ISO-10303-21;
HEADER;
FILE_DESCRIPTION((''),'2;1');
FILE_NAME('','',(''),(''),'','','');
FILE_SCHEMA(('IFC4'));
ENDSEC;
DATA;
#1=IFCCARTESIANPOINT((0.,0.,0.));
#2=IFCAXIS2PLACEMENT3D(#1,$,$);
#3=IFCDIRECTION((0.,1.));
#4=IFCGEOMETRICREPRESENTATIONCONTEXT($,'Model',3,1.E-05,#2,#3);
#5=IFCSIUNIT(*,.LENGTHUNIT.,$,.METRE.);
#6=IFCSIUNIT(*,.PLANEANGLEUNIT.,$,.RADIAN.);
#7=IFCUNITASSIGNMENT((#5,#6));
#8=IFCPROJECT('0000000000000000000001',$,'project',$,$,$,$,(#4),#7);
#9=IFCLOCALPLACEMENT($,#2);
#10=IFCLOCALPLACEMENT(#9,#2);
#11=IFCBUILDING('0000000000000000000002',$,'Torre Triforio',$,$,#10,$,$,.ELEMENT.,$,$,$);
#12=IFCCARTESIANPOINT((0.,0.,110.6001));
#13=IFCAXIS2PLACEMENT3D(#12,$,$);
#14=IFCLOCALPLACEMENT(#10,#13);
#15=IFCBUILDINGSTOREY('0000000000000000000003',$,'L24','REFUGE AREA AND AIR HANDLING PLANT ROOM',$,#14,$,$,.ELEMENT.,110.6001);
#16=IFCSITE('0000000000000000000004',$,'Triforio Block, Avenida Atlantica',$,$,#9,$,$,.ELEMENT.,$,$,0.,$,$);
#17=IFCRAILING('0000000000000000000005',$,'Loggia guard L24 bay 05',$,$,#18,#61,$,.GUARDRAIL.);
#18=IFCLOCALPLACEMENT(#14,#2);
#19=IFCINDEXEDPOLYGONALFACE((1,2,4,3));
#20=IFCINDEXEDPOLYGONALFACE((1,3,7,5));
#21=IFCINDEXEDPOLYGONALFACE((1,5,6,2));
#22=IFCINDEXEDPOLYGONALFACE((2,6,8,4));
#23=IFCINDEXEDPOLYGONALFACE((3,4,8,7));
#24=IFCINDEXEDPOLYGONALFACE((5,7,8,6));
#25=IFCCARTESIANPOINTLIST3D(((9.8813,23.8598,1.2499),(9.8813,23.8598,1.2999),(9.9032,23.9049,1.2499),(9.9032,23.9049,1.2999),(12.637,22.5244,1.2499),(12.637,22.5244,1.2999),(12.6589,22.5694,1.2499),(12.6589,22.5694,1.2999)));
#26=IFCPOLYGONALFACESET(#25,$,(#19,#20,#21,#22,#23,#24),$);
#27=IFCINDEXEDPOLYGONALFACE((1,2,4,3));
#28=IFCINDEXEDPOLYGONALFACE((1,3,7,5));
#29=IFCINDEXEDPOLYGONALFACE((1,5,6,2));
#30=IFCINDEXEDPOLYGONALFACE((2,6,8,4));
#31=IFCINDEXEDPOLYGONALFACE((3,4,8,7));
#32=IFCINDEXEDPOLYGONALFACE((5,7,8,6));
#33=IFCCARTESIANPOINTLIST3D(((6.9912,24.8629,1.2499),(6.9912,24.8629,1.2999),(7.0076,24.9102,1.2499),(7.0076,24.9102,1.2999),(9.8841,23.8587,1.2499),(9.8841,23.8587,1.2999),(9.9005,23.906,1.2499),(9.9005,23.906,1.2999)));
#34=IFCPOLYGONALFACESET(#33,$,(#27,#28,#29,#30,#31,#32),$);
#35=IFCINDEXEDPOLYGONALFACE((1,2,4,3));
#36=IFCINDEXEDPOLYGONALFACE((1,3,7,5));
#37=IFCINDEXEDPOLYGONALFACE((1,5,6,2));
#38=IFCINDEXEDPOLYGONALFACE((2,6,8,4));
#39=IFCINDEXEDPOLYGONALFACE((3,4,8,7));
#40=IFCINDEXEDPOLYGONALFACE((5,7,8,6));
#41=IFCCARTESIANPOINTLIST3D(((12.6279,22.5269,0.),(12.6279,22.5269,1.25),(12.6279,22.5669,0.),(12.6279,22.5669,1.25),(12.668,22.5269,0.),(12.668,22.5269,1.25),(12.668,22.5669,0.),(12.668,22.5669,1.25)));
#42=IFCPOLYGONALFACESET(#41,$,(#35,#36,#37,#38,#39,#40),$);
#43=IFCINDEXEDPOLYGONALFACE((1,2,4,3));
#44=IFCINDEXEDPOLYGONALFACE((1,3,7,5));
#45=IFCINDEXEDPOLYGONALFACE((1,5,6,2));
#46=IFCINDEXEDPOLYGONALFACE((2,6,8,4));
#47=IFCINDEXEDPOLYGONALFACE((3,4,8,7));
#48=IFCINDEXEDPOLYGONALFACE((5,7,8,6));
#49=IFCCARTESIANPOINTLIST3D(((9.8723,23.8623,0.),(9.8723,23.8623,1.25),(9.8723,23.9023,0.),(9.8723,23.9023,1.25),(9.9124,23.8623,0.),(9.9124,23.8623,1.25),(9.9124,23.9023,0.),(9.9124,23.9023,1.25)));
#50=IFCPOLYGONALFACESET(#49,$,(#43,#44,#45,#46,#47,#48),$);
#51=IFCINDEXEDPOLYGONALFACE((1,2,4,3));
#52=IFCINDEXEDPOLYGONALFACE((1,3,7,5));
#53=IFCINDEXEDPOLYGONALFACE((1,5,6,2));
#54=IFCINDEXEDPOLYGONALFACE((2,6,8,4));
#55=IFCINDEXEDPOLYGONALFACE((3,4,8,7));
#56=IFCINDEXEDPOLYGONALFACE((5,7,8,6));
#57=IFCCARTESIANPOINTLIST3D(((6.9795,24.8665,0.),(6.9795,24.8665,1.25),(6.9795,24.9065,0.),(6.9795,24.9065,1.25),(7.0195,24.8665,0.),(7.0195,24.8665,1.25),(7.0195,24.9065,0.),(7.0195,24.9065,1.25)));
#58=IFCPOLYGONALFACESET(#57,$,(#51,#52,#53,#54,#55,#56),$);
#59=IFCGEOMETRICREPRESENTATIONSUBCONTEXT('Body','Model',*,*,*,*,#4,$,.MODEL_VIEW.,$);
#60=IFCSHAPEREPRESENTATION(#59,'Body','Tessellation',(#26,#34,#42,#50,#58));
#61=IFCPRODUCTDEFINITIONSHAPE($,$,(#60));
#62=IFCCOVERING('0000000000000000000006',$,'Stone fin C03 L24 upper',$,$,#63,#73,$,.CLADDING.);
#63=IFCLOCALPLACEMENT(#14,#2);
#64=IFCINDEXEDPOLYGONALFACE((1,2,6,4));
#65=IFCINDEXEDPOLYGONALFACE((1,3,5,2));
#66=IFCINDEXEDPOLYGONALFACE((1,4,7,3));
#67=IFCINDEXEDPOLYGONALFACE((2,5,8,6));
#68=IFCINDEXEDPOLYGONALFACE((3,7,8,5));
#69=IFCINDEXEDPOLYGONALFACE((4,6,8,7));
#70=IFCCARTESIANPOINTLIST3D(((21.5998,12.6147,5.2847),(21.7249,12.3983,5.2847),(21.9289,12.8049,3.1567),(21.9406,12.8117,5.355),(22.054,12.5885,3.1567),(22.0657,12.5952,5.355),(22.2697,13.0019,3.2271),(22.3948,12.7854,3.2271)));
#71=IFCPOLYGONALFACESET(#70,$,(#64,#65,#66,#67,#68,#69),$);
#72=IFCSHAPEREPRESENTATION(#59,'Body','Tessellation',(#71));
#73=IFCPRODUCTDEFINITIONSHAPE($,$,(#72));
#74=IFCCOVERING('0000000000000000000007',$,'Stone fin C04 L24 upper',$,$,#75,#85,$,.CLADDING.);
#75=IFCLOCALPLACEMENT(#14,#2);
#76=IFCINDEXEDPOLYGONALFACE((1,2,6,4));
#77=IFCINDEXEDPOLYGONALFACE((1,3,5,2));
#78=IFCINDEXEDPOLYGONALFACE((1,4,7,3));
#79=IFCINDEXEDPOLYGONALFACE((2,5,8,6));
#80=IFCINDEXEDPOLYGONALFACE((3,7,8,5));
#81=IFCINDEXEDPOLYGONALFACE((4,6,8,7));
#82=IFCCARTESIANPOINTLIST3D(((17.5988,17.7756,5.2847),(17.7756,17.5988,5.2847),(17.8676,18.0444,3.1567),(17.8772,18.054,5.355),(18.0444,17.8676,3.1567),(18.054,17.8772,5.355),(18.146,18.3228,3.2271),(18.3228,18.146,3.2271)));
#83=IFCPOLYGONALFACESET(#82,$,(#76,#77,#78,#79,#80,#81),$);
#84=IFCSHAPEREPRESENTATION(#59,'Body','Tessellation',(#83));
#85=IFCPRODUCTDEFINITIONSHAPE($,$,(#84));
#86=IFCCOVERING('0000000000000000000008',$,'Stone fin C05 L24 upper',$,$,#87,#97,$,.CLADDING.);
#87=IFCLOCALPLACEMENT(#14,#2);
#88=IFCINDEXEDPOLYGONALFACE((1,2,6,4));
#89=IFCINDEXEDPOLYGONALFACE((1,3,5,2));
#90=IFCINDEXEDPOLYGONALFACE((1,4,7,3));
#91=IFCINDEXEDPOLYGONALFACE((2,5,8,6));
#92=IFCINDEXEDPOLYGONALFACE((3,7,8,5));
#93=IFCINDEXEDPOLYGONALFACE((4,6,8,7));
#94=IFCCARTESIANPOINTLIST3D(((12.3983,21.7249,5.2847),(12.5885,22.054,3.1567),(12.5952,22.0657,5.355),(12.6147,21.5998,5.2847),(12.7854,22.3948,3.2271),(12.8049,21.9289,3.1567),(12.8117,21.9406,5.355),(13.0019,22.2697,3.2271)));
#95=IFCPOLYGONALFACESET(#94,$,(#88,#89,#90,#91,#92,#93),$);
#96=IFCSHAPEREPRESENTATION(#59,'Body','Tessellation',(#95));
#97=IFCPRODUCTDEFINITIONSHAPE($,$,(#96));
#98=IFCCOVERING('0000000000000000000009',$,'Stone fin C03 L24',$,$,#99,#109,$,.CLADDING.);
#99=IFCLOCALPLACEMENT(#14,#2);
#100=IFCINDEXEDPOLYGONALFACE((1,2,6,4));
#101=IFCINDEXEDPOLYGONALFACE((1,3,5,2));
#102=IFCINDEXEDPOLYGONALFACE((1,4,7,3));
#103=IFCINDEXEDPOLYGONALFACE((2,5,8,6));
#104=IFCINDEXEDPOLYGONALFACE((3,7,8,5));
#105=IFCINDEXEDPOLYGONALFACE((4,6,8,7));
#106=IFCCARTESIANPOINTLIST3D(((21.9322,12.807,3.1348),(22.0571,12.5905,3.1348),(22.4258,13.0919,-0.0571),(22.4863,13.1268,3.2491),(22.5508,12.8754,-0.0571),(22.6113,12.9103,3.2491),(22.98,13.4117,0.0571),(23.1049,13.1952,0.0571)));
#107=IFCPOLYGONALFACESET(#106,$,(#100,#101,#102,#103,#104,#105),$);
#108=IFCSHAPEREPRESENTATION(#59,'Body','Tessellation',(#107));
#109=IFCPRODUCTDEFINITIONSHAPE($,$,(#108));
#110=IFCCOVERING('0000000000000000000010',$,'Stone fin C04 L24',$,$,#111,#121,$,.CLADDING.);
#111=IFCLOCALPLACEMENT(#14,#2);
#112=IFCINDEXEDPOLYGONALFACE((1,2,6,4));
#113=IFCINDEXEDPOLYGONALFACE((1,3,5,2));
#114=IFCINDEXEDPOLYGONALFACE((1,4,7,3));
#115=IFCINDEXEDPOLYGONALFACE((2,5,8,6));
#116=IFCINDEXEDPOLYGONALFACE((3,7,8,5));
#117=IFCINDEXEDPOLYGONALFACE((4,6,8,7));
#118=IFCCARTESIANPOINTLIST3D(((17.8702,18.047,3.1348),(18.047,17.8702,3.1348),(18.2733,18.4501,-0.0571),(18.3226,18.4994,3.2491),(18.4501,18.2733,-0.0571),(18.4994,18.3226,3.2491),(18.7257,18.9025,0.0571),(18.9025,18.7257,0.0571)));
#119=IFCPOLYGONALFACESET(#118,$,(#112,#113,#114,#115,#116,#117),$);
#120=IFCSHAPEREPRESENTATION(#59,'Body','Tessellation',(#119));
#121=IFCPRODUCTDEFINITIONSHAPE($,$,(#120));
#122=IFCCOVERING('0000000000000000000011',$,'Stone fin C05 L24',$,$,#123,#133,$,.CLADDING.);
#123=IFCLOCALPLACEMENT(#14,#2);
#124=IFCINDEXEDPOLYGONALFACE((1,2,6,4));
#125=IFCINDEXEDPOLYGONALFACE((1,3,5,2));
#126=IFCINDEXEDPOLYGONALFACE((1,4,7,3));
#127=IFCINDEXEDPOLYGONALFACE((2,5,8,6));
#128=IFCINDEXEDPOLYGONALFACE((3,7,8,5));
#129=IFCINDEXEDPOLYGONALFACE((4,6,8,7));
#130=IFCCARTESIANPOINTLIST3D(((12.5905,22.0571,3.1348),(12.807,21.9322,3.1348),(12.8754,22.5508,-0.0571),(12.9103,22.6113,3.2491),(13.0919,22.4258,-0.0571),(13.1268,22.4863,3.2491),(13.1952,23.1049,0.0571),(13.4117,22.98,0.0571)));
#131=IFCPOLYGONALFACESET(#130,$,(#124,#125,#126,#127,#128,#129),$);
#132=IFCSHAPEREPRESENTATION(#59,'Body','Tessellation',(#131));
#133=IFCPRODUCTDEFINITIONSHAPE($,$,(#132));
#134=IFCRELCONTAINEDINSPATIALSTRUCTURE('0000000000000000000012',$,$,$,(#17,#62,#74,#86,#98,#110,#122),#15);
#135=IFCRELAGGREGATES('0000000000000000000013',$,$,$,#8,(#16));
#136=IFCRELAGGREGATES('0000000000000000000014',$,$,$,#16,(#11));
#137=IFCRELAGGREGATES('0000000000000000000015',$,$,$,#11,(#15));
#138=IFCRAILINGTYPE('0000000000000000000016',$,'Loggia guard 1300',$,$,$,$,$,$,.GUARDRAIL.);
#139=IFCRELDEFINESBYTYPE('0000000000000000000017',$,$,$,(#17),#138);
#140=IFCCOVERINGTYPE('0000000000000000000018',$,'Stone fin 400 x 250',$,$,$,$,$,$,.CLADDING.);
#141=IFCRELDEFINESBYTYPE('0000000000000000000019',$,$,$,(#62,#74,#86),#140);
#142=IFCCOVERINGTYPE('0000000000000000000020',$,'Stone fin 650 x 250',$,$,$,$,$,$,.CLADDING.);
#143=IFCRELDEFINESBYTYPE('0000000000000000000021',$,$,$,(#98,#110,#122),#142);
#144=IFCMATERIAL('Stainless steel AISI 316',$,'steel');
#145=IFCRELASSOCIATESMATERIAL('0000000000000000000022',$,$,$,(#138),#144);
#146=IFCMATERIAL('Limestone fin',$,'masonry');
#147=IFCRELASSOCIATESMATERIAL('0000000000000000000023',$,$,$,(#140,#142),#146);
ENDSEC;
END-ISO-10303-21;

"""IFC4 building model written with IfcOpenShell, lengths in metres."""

from ifc_helpers import new_model, si_unit, direction, frame, origin, origin_2d, place, context, subcontext, project, spatial, rectangle, extrude, material, material_profile, profile_set, type_object, element, save


model = new_model("IFC4")

# Units and contexts
model_context = context("Model", 3, precision=1e-05, world=origin(), true_north=direction((0.0, 1.0)))
body_context = subcontext(model_context, "Body", "Model", "MODEL_VIEW")
ifc_project = project(units=[si_unit("LENGTHUNIT", "METRE"), si_unit("PLANEANGLEUNIT", "RADIAN")], contexts=[model_context])

# Site, building, storey
site_placement = place(None, origin())
site = spatial("IfcSite", under=ifc_project, at=site_placement, Name="Triforio Block, Avenida Atlantica", CompositionType="ELEMENT", RefElevation=0.0)
building_placement = place(site_placement, origin())
building = spatial("IfcBuilding", under=site, at=building_placement, Name="Torre Triforio", CompositionType="ELEMENT")
storey_placement = place(building_placement, frame((0.0, 0.0, 110.6001)))
storey = spatial("IfcBuildingStorey", under=building, at=storey_placement, Name="L24", Description="REFUGE AREA AND AIR HANDLING PLANT ROOM", CompositionType="ELEMENT", Elevation=110.6001)

# Railing
ifc_material_1 = material(Name="Stainless steel AISI 316", Category="steel")
railing_type = type_object("IfcRailingType", Name="Loggia guard 1300", PredefinedType="GUARDRAIL", material=ifc_material_1)
railing_1_placement = place(storey_placement, frame((12.6479, 22.5469, 0.0)))
element("IfcRailing", 1, at=railing_1_placement, inside=storey, type_object=railing_type, Name="Loggia guard L24 bay 05", PredefinedType="GUARDRAIL", context=body_context, shape_type="SweptSolid", body=[
    extrude(rectangle(XDim=0.05, YDim=0.05, at=origin_2d()), frame((0.0, 0.0, 1.2749), z_axis=(-0.899892, 0.436113, 0.0), x_axis=(-0.436113, -0.899892, 0.0)), (0.0, 0.0, 1.0), 3.0623),
    extrude(rectangle(XDim=0.05, YDim=0.05, at=origin_2d()), frame((-2.7556, 1.3354, 1.2749), z_axis=(-0.944704, 0.327924, 0.0), x_axis=(-0.327924, -0.944704, 0.0)), (0.0, 0.0, 1.0), 3.0623),
    extrude(rectangle(XDim=0.04, YDim=0.04, at=origin_2d()), origin(), (0.0, 0.0, 1.0), 1.25),
    extrude(rectangle(XDim=0.04, YDim=0.04, at=origin_2d()), frame((-2.7556, 1.3354, 0.0)), (0.0, 0.0, 1.0), 1.25),
    extrude(rectangle(XDim=0.04, YDim=0.04, at=origin_2d()), frame((-5.6484, 2.3396, 0.0)), (0.0, 0.0, 1.0), 1.25),
])

# Coverings
ifc_material_2 = material(Name="Limestone fin", Category="masonry")
ifc_material_profile_1 = material_profile(ifc_material_2, rectangle(XDim=0.3999, YDim=0.25, at=origin_2d()), Name="FIN 400x250")
ifc_profile_set_1 = profile_set([ifc_material_profile_1], Name="Limestone fin")
covering_type_1 = type_object("IfcCoveringType", Name="Stone fin 400 x 250", PredefinedType="CLADDING", material=ifc_profile_set_1)
for number, where, z_axis, x_axis, name in (
    (2, (22.1619, 12.7952, 3.1919), (-0.152248, -0.087983, 0.984418), (0.852331, 0.492556, 0.175842), "Stone fin C03 L24 upper"),
    (3, (18.0952, 18.0952, 3.1919), (-0.124351, -0.124351, 0.984415), (0.696087, 0.696087, 0.175859), "Stone fin C04 L24 upper"),
    (4, (12.7952, 22.1619, 3.1919), (-0.087983, -0.152248, 0.984418), (0.492556, 0.852331, 0.175842), "Stone fin C05 L24 upper"),
):
    element("IfcCovering", number, at=place(storey_placement, frame(where, z_axis=z_axis, x_axis=x_axis)), inside=storey, type_object=covering_type_1, Name=name, PredefinedType="CLADDING", context=body_context, shape_type="SweptSolid", body=[
        extrude(rectangle(XDim=0.3999, YDim=0.25, at=origin_2d()), origin(), (0.0, 0.0, 1.0), 2.1616),
    ])
ifc_material_profile_2 = material_profile(ifc_material_2, rectangle(XDim=0.6499, YDim=0.25, at=origin_2d()), Name="FIN 650x250")
ifc_profile_set_2 = profile_set([ifc_material_profile_2], Name="Limestone fin")
covering_type_2 = type_object("IfcCoveringType", Name="Stone fin 650 x 250", PredefinedType="CLADDING", material=ifc_profile_set_2)
for number, where, z_axis, x_axis, name in (
    (5, (22.7654, 13.1436, 0.0), (-0.15225, -0.087871, 0.984428), (0.852613, 0.492087, 0.175788), "Stone fin C03 L24"),
    (6, (18.5879, 18.5879, 0.0), (-0.124314, -0.124314, 0.984425), (0.696093, 0.696093, 0.175807), "Stone fin C04 L24"),
    (7, (13.1436, 22.7654, 0.0), (-0.087871, -0.15225, 0.984428), (0.492087, 0.852613, 0.175788), "Stone fin C05 L24"),
):
    element("IfcCovering", number, at=place(storey_placement, frame(where, z_axis=z_axis, x_axis=x_axis)), inside=storey, type_object=covering_type_2, Name=name, PredefinedType="CLADDING", context=body_context, shape_type="SweptSolid", body=[
        extrude(rectangle(XDim=0.6499, YDim=0.25, at=origin_2d()), origin(), (0.0, 0.0, 1.0), 3.2424),
    ])

save(model, "model.ifc")
